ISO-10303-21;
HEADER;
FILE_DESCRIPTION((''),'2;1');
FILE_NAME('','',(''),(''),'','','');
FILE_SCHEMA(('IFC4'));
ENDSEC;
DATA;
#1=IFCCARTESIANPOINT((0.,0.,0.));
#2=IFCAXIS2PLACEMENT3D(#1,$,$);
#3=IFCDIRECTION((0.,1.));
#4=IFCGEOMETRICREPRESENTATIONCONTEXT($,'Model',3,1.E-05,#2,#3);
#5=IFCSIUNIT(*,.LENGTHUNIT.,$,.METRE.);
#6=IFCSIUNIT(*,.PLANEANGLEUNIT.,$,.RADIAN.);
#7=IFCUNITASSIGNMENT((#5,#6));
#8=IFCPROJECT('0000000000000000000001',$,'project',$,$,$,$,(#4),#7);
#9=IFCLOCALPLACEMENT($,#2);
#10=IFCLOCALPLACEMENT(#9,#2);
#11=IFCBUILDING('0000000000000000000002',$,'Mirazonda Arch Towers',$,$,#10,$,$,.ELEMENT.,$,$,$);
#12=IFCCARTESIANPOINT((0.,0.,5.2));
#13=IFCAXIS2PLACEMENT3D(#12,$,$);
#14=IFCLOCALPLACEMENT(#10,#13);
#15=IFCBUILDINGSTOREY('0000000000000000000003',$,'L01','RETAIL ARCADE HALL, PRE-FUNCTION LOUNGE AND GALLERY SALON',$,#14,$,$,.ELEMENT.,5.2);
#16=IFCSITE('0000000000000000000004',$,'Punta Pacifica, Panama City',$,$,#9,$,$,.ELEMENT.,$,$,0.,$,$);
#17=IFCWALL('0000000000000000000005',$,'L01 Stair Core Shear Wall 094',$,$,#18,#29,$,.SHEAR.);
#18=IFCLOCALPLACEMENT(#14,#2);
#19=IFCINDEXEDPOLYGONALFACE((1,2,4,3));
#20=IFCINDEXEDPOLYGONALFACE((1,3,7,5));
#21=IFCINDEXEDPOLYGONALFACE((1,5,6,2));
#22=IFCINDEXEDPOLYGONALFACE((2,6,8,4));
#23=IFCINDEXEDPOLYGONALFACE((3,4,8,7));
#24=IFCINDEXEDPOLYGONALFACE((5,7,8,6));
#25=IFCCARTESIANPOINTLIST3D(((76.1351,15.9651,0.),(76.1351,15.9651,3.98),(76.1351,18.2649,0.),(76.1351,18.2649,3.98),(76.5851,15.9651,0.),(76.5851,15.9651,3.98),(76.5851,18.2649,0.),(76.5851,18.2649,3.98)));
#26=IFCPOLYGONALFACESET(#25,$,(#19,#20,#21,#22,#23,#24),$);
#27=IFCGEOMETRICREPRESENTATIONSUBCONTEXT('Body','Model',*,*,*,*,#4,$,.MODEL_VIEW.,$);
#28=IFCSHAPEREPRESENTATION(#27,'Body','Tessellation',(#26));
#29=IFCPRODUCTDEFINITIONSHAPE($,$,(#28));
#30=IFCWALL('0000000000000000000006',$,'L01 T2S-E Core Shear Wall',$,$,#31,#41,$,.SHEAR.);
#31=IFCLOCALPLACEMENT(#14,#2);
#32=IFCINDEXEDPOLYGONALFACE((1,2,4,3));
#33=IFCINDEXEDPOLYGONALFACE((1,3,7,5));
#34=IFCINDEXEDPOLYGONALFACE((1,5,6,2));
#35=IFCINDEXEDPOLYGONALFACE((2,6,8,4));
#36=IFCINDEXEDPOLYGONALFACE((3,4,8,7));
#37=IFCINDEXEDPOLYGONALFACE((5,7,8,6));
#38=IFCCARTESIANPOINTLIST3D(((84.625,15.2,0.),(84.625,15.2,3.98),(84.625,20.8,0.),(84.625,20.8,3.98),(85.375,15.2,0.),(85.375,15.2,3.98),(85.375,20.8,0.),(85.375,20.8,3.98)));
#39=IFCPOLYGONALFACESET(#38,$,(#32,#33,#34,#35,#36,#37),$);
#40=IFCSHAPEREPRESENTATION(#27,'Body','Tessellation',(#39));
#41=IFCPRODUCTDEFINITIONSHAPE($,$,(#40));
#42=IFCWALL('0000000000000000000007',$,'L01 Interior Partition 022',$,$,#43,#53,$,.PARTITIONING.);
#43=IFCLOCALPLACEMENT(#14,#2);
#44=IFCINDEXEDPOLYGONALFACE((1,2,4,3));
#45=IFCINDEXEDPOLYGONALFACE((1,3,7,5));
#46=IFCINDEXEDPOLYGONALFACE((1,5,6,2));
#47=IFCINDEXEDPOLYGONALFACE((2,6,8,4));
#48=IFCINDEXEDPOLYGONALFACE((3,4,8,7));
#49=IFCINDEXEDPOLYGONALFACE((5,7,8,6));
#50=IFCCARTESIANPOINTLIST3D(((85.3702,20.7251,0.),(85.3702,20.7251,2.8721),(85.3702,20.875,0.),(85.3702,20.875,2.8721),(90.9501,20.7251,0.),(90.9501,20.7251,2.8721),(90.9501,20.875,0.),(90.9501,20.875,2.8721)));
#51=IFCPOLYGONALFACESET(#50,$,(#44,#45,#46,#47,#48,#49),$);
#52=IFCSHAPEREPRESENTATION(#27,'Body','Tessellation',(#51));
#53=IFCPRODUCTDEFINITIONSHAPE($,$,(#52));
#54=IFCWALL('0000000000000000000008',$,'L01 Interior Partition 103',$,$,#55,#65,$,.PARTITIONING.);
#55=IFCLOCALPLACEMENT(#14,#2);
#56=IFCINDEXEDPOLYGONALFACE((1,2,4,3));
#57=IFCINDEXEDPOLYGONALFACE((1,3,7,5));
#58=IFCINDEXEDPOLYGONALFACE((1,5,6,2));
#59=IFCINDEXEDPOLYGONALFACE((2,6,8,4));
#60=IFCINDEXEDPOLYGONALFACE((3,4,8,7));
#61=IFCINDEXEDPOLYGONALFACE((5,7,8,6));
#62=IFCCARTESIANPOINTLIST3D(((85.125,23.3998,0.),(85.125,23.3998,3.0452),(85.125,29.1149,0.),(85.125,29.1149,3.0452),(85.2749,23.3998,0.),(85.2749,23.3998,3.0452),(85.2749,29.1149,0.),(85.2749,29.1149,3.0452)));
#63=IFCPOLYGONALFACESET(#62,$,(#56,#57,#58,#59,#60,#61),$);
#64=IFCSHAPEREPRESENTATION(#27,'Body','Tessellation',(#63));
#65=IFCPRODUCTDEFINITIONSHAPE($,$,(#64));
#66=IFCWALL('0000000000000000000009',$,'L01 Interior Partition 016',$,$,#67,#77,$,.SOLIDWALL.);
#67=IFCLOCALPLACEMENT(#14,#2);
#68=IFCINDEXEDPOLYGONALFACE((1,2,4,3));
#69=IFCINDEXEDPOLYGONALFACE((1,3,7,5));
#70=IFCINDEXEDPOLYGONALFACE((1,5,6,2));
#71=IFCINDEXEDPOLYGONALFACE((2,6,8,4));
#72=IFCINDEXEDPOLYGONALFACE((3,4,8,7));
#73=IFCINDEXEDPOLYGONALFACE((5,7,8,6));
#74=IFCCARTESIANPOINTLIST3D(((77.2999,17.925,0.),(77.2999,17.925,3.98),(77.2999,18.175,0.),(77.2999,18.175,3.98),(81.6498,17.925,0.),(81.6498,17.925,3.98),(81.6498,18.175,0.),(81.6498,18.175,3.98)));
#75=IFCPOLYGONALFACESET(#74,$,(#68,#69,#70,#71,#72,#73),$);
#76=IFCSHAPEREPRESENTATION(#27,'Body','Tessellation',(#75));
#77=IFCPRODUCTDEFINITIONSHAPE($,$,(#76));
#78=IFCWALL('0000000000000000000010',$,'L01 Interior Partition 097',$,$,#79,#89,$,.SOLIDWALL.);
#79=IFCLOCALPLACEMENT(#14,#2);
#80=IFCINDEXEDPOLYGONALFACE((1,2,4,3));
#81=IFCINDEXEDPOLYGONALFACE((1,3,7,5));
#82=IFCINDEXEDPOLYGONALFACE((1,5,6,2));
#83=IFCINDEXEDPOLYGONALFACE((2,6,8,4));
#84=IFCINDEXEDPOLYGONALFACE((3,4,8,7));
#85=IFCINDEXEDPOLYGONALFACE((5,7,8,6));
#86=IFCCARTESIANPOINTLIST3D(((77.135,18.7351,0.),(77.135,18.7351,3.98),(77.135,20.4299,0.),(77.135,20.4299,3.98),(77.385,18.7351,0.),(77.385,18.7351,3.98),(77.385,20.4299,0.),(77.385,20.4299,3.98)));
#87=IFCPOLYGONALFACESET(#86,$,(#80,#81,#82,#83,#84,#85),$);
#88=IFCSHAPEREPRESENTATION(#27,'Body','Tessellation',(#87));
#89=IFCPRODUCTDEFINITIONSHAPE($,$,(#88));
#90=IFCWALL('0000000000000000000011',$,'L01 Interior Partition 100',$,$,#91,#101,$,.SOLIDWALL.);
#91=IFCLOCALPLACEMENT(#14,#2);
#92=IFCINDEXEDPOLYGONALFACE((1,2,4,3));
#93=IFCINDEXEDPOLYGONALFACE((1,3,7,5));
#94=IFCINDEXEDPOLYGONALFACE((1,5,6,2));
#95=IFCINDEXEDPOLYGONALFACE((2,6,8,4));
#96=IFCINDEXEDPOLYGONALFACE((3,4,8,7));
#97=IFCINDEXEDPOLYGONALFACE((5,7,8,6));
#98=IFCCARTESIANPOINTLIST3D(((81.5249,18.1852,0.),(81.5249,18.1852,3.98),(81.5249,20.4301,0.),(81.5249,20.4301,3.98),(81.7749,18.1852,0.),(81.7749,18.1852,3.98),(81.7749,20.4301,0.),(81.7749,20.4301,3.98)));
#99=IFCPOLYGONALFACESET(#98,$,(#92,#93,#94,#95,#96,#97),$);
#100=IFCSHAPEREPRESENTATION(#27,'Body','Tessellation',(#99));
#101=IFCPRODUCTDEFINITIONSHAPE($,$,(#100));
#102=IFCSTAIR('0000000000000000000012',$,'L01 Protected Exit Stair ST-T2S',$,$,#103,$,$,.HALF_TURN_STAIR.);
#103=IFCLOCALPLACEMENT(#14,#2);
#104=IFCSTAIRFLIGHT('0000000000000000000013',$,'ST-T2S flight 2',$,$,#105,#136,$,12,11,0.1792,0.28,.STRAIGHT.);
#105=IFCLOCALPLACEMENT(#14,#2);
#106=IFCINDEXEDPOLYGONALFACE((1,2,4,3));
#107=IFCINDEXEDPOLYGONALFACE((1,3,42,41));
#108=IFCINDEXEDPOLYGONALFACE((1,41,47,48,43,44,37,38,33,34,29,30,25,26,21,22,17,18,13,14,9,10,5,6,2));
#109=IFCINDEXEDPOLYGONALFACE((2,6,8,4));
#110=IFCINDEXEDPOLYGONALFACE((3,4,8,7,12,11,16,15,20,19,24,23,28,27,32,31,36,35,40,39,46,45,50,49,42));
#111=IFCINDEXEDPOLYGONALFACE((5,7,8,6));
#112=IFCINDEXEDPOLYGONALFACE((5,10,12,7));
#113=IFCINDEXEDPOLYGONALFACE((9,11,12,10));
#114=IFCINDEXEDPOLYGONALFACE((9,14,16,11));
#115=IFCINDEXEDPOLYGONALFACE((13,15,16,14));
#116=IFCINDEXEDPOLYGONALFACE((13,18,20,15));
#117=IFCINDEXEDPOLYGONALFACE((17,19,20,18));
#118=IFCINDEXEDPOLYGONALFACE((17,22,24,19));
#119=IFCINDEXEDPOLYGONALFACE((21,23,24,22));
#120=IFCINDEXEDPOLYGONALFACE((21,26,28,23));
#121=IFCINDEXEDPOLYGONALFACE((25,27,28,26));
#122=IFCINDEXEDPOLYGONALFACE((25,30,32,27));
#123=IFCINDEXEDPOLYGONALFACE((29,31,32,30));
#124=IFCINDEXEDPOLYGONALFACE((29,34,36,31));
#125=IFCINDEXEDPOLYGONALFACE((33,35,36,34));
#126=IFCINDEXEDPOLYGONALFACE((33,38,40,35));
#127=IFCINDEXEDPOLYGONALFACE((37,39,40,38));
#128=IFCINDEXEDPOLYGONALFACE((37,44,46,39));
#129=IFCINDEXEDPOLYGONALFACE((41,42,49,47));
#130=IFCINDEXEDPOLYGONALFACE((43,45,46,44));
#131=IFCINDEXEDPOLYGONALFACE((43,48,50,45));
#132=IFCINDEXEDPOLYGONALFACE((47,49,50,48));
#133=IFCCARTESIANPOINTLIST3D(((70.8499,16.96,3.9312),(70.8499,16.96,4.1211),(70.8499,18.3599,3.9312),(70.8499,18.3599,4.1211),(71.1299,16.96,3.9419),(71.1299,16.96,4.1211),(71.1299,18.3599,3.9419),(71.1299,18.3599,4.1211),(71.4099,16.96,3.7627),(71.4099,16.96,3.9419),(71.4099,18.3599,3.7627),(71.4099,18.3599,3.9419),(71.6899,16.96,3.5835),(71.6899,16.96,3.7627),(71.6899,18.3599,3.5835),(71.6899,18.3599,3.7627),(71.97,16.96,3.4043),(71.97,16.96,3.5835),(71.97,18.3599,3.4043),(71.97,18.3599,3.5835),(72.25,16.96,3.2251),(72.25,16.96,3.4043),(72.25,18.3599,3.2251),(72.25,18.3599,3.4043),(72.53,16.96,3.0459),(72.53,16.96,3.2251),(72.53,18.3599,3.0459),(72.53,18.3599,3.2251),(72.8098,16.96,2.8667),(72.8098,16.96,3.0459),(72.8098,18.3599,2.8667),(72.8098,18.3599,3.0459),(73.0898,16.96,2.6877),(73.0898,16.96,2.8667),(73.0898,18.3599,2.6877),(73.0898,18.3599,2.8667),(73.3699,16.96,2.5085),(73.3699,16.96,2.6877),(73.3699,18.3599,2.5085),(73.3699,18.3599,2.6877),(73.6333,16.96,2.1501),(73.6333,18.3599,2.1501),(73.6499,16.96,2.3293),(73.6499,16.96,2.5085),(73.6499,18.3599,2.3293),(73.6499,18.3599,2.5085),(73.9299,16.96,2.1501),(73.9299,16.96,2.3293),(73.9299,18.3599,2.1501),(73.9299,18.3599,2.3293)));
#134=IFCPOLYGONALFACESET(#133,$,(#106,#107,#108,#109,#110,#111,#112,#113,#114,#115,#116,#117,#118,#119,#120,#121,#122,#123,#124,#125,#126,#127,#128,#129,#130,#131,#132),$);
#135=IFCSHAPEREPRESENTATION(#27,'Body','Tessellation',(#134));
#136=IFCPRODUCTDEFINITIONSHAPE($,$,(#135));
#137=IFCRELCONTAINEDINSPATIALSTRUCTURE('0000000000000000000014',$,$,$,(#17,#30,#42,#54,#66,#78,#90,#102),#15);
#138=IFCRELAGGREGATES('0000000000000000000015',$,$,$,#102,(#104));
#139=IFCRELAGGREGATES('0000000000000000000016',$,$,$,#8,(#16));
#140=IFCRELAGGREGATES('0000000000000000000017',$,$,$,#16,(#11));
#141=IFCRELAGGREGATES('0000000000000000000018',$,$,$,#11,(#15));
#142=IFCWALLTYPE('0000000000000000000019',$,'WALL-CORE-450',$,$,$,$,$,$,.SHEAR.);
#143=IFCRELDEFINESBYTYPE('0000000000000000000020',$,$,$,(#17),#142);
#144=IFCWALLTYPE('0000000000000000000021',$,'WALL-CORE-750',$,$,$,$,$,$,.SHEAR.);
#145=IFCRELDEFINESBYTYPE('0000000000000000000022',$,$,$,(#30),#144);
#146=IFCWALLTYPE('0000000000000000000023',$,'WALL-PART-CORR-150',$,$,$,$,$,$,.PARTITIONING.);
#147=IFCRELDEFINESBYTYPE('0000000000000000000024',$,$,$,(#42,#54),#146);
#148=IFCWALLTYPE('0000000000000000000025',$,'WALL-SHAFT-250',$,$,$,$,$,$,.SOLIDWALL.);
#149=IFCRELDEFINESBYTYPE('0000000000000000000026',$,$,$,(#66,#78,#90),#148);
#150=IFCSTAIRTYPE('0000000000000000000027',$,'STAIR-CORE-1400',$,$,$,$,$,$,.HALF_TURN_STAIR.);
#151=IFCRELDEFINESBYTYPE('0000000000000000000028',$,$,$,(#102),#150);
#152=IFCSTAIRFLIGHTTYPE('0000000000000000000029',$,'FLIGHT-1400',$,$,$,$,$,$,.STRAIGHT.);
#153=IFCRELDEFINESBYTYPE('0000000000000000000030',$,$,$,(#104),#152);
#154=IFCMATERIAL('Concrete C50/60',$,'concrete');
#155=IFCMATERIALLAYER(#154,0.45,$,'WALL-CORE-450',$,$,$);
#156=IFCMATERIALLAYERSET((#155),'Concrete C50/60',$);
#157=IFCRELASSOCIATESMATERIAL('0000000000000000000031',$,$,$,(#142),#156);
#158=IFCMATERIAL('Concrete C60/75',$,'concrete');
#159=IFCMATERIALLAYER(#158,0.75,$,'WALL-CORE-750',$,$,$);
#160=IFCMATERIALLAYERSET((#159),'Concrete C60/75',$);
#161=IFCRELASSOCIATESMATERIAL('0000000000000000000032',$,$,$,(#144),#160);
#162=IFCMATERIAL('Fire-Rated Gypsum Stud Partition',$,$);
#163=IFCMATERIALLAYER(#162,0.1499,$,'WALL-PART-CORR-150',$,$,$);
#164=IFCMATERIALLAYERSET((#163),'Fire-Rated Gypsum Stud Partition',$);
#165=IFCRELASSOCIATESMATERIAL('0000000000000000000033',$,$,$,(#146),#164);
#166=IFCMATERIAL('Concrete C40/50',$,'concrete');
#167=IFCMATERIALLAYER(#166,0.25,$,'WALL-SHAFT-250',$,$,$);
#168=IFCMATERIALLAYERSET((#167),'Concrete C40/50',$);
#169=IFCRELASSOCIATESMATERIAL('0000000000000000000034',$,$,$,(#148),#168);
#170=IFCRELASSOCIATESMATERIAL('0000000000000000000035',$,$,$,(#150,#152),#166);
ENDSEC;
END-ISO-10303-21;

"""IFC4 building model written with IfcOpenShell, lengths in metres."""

from ifc_helpers import new_model, si_unit, direction, frame, frame_2d, origin, place, context, subcontext, project, spatial, polyline, rectangle, outline, extrude, material, layer, layer_set, type_object, element, aggregate, save


model = new_model("IFC4")

# Units and contexts
model_context = context("Model", 3, precision=1e-05, world=origin(), true_north=direction((0.0, 1.0)))
body_context = subcontext(model_context, "Body", "Model", "MODEL_VIEW")
ifc_project = project(units=[si_unit("LENGTHUNIT", "METRE"), si_unit("PLANEANGLEUNIT", "RADIAN")], contexts=[model_context])

# Site, building, storey
site_placement = place(None, origin())
site = spatial("IfcSite", under=ifc_project, at=site_placement, Name="Punta Pacifica, Panama City", CompositionType="ELEMENT", RefElevation=0.0)
building_placement = place(site_placement, origin())
building = spatial("IfcBuilding", under=site, at=building_placement, Name="Mirazonda Arch Towers", CompositionType="ELEMENT")
storey_placement = place(building_placement, frame((0.0, 0.0, 5.2)))
storey = spatial("IfcBuildingStorey", under=building, at=storey_placement, Name="L01", Description="RETAIL ARCADE HALL, PRE-FUNCTION LOUNGE AND GALLERY SALON", CompositionType="ELEMENT", Elevation=5.2)

# Shared definitions
ifc_material_1 = material(Name="Concrete C60/75", Category="concrete")

# Walls
ifc_material_2 = material(Name="Concrete C50/60", Category="concrete")
ifc_layer_1 = layer(ifc_material_2, 0.45, Name="WALL-CORE-450")
ifc_layer_set_1 = layer_set([ifc_layer_1], Name="Concrete C50/60")
wall_type_1 = type_object("IfcWallType", Name="WALL-CORE-450", PredefinedType="SHEAR", material=ifc_layer_set_1)
wall_1_placement = place(storey_placement, frame((76.3601, 15.9651, 0.0), z_axis=(0.0, 0.0, 1.0), x_axis=(0.0, 1.0, 0.0)))
element("IfcWall", 1, at=wall_1_placement, inside=storey, type_object=wall_type_1, Name="L01 Stair Core Shear Wall 094", PredefinedType="SHEAR", context=body_context, shape_type="SweptSolid", body=[
    extrude(rectangle(XDim=2.2998, YDim=0.45, at=frame_2d((1.1499, 0.0))), origin(), (0.0, 0.0, 1.0), 3.98),
])
ifc_layer_2 = layer(ifc_material_1, 0.75, Name="WALL-CORE-750")
ifc_layer_set_2 = layer_set([ifc_layer_2], Name="Concrete C60/75")
wall_type_2 = type_object("IfcWallType", Name="WALL-CORE-750", PredefinedType="SHEAR", material=ifc_layer_set_2)
wall_2_placement = place(storey_placement, frame((85.0, 15.2, 0.0), z_axis=(0.0, 0.0, 1.0), x_axis=(0.0, 1.0, 0.0)))
element("IfcWall", 2, at=wall_2_placement, inside=storey, type_object=wall_type_2, Name="L01 T2S-E Core Shear Wall", PredefinedType="SHEAR", context=body_context, shape_type="SweptSolid", body=[
    extrude(rectangle(XDim=5.6001, YDim=0.75, at=frame_2d((2.8, 0.0))), origin(), (0.0, 0.0, 1.0), 3.98),
])
ifc_material_3 = material(Name="Fire-Rated Gypsum Stud Partition")
ifc_layer_3 = layer(ifc_material_3, 0.1499, Name="WALL-PART-CORR-150")
ifc_layer_set_3 = layer_set([ifc_layer_3], Name="Fire-Rated Gypsum Stud Partition")
wall_type_3 = type_object("IfcWallType", Name="WALL-PART-CORR-150", PredefinedType="PARTITIONING", material=ifc_layer_set_3)
wall_3_placement = place(storey_placement, frame((85.3701, 20.8, 0.0), z_axis=(0.0, 0.0, 1.0), x_axis=(1.0, 0.0, 0.0)))
element("IfcWall", 3, at=wall_3_placement, inside=storey, type_object=wall_type_3, Name="L01 Interior Partition 022", PredefinedType="PARTITIONING", context=body_context, shape_type="SweptSolid", body=[
    extrude(rectangle(XDim=5.5798, YDim=0.1499, at=frame_2d((2.79, 0.0))), origin(), (0.0, 0.0, 1.0), 2.8721),
])
wall_4_placement = place(storey_placement, frame((85.2, 23.3999, 0.0), z_axis=(0.0, 0.0, 1.0), x_axis=(0.0, 1.0, 0.0)))
element("IfcWall", 4, at=wall_4_placement, inside=storey, type_object=wall_type_3, Name="L01 Interior Partition 103", PredefinedType="PARTITIONING", context=body_context, shape_type="SweptSolid", body=[
    extrude(rectangle(XDim=5.7151, YDim=0.1499, at=frame_2d((2.8574, 0.0))), origin(), (0.0, 0.0, 1.0), 3.0452),
])
ifc_material_4 = material(Name="Concrete C40/50", Category="concrete")
ifc_layer_4 = layer(ifc_material_4, 0.25, Name="WALL-SHAFT-250")
ifc_layer_set_4 = layer_set([ifc_layer_4], Name="Concrete C40/50")
wall_type_4 = type_object("IfcWallType", Name="WALL-SHAFT-250", PredefinedType="SOLIDWALL", material=ifc_layer_set_4)
wall_5_placement = place(storey_placement, frame((77.3, 18.05, 0.0), z_axis=(0.0, 0.0, 1.0), x_axis=(1.0, 0.0, 0.0)))
element("IfcWall", 5, at=wall_5_placement, inside=storey, type_object=wall_type_4, Name="L01 Interior Partition 016", PredefinedType="SOLIDWALL", context=body_context, shape_type="SweptSolid", body=[
    extrude(rectangle(XDim=4.3499, YDim=0.25, at=frame_2d((2.1748, 0.0))), origin(), (0.0, 0.0, 1.0), 3.98),
])
wall_6_placement = place(storey_placement, frame((77.26, 18.7351, 0.0), z_axis=(0.0, 0.0, 1.0), x_axis=(0.0, 1.0, 0.0)))
element("IfcWall", 6, at=wall_6_placement, inside=storey, type_object=wall_type_4, Name="L01 Interior Partition 097", PredefinedType="SOLIDWALL", context=body_context, shape_type="SweptSolid", body=[
    extrude(rectangle(XDim=1.6948, YDim=0.25, at=frame_2d((0.8474, 0.0))), origin(), (0.0, 0.0, 1.0), 3.98),
])
wall_7_placement = place(storey_placement, frame((81.6499, 18.1851, 0.0), z_axis=(0.0, 0.0, 1.0), x_axis=(0.0, 1.0, 0.0)))
element("IfcWall", 7, at=wall_7_placement, inside=storey, type_object=wall_type_4, Name="L01 Interior Partition 100", PredefinedType="SOLIDWALL", context=body_context, shape_type="SweptSolid", body=[
    extrude(rectangle(XDim=2.2449, YDim=0.25, at=frame_2d((1.1226, 0.0))), origin(), (0.0, 0.0, 1.0), 3.98),
])

# Stair, stair flight
stair_type = type_object("IfcStairType", Name="STAIR-CORE-1400", PredefinedType="HALF_TURN_STAIR", material=ifc_material_4)
stair_placement = place(storey_placement, origin())
stair = element("IfcStair", 8, at=stair_placement, inside=storey, type_object=stair_type, Name="L01 Protected Exit Stair ST-T2S", PredefinedType="HALF_TURN_STAIR")
stair_flight_type = type_object("IfcStairFlightType", Name="FLIGHT-1400", PredefinedType="STRAIGHT", material=ifc_material_4)
stair_flight_placement = place(storey_placement, frame((73.9299, 17.6599, 2.1501), z_axis=(0.0, 0.0, 1.0), x_axis=(-1.0, 0.0, 0.0)))
stair_flight = element("IfcStairFlight", 9, at=stair_flight_placement, type_object=stair_flight_type, Name="ST-T2S flight 2", NumberOfRisers=12, NumberOfTreads=11, PredefinedType="STRAIGHT", RiserHeight=0.1792, TreadLength=0.28, context=body_context, shape_type="SweptSolid", body=[
    extrude(outline(polyline([(0.0, 0.0), (0.0, 0.1792), (0.28, 0.1792), (0.28, 0.3584), (0.5601, 0.3584), (0.5601, 0.5376), (0.8401, 0.5376), (0.8401, 0.7166), (1.1201, 0.7166), (1.1201, 0.8958), (1.3999, 0.8958), (1.3999, 1.075), (1.6799, 1.075), (1.6799, 1.2542), (1.96, 1.2542), (1.96, 1.4333), (2.24, 1.4333), (2.24, 1.6125), (2.52, 1.6125), (2.52, 1.7917), (2.8, 1.7917), (2.8, 1.9709), (3.0801, 1.9709), (3.0801, 2.1499), (3.0801, 1.781), (0.2966, 0.0), (0.0, 0.0)])), frame((0.0, 0.7, 0.0), z_axis=(0.0, -1.0, 0.0), x_axis=(1.0, 0.0, 0.0)), (0.0, 0.0, 1.0), 1.3999),
])
aggregate(stair, [stair_flight])

save(model, "model.ifc")
